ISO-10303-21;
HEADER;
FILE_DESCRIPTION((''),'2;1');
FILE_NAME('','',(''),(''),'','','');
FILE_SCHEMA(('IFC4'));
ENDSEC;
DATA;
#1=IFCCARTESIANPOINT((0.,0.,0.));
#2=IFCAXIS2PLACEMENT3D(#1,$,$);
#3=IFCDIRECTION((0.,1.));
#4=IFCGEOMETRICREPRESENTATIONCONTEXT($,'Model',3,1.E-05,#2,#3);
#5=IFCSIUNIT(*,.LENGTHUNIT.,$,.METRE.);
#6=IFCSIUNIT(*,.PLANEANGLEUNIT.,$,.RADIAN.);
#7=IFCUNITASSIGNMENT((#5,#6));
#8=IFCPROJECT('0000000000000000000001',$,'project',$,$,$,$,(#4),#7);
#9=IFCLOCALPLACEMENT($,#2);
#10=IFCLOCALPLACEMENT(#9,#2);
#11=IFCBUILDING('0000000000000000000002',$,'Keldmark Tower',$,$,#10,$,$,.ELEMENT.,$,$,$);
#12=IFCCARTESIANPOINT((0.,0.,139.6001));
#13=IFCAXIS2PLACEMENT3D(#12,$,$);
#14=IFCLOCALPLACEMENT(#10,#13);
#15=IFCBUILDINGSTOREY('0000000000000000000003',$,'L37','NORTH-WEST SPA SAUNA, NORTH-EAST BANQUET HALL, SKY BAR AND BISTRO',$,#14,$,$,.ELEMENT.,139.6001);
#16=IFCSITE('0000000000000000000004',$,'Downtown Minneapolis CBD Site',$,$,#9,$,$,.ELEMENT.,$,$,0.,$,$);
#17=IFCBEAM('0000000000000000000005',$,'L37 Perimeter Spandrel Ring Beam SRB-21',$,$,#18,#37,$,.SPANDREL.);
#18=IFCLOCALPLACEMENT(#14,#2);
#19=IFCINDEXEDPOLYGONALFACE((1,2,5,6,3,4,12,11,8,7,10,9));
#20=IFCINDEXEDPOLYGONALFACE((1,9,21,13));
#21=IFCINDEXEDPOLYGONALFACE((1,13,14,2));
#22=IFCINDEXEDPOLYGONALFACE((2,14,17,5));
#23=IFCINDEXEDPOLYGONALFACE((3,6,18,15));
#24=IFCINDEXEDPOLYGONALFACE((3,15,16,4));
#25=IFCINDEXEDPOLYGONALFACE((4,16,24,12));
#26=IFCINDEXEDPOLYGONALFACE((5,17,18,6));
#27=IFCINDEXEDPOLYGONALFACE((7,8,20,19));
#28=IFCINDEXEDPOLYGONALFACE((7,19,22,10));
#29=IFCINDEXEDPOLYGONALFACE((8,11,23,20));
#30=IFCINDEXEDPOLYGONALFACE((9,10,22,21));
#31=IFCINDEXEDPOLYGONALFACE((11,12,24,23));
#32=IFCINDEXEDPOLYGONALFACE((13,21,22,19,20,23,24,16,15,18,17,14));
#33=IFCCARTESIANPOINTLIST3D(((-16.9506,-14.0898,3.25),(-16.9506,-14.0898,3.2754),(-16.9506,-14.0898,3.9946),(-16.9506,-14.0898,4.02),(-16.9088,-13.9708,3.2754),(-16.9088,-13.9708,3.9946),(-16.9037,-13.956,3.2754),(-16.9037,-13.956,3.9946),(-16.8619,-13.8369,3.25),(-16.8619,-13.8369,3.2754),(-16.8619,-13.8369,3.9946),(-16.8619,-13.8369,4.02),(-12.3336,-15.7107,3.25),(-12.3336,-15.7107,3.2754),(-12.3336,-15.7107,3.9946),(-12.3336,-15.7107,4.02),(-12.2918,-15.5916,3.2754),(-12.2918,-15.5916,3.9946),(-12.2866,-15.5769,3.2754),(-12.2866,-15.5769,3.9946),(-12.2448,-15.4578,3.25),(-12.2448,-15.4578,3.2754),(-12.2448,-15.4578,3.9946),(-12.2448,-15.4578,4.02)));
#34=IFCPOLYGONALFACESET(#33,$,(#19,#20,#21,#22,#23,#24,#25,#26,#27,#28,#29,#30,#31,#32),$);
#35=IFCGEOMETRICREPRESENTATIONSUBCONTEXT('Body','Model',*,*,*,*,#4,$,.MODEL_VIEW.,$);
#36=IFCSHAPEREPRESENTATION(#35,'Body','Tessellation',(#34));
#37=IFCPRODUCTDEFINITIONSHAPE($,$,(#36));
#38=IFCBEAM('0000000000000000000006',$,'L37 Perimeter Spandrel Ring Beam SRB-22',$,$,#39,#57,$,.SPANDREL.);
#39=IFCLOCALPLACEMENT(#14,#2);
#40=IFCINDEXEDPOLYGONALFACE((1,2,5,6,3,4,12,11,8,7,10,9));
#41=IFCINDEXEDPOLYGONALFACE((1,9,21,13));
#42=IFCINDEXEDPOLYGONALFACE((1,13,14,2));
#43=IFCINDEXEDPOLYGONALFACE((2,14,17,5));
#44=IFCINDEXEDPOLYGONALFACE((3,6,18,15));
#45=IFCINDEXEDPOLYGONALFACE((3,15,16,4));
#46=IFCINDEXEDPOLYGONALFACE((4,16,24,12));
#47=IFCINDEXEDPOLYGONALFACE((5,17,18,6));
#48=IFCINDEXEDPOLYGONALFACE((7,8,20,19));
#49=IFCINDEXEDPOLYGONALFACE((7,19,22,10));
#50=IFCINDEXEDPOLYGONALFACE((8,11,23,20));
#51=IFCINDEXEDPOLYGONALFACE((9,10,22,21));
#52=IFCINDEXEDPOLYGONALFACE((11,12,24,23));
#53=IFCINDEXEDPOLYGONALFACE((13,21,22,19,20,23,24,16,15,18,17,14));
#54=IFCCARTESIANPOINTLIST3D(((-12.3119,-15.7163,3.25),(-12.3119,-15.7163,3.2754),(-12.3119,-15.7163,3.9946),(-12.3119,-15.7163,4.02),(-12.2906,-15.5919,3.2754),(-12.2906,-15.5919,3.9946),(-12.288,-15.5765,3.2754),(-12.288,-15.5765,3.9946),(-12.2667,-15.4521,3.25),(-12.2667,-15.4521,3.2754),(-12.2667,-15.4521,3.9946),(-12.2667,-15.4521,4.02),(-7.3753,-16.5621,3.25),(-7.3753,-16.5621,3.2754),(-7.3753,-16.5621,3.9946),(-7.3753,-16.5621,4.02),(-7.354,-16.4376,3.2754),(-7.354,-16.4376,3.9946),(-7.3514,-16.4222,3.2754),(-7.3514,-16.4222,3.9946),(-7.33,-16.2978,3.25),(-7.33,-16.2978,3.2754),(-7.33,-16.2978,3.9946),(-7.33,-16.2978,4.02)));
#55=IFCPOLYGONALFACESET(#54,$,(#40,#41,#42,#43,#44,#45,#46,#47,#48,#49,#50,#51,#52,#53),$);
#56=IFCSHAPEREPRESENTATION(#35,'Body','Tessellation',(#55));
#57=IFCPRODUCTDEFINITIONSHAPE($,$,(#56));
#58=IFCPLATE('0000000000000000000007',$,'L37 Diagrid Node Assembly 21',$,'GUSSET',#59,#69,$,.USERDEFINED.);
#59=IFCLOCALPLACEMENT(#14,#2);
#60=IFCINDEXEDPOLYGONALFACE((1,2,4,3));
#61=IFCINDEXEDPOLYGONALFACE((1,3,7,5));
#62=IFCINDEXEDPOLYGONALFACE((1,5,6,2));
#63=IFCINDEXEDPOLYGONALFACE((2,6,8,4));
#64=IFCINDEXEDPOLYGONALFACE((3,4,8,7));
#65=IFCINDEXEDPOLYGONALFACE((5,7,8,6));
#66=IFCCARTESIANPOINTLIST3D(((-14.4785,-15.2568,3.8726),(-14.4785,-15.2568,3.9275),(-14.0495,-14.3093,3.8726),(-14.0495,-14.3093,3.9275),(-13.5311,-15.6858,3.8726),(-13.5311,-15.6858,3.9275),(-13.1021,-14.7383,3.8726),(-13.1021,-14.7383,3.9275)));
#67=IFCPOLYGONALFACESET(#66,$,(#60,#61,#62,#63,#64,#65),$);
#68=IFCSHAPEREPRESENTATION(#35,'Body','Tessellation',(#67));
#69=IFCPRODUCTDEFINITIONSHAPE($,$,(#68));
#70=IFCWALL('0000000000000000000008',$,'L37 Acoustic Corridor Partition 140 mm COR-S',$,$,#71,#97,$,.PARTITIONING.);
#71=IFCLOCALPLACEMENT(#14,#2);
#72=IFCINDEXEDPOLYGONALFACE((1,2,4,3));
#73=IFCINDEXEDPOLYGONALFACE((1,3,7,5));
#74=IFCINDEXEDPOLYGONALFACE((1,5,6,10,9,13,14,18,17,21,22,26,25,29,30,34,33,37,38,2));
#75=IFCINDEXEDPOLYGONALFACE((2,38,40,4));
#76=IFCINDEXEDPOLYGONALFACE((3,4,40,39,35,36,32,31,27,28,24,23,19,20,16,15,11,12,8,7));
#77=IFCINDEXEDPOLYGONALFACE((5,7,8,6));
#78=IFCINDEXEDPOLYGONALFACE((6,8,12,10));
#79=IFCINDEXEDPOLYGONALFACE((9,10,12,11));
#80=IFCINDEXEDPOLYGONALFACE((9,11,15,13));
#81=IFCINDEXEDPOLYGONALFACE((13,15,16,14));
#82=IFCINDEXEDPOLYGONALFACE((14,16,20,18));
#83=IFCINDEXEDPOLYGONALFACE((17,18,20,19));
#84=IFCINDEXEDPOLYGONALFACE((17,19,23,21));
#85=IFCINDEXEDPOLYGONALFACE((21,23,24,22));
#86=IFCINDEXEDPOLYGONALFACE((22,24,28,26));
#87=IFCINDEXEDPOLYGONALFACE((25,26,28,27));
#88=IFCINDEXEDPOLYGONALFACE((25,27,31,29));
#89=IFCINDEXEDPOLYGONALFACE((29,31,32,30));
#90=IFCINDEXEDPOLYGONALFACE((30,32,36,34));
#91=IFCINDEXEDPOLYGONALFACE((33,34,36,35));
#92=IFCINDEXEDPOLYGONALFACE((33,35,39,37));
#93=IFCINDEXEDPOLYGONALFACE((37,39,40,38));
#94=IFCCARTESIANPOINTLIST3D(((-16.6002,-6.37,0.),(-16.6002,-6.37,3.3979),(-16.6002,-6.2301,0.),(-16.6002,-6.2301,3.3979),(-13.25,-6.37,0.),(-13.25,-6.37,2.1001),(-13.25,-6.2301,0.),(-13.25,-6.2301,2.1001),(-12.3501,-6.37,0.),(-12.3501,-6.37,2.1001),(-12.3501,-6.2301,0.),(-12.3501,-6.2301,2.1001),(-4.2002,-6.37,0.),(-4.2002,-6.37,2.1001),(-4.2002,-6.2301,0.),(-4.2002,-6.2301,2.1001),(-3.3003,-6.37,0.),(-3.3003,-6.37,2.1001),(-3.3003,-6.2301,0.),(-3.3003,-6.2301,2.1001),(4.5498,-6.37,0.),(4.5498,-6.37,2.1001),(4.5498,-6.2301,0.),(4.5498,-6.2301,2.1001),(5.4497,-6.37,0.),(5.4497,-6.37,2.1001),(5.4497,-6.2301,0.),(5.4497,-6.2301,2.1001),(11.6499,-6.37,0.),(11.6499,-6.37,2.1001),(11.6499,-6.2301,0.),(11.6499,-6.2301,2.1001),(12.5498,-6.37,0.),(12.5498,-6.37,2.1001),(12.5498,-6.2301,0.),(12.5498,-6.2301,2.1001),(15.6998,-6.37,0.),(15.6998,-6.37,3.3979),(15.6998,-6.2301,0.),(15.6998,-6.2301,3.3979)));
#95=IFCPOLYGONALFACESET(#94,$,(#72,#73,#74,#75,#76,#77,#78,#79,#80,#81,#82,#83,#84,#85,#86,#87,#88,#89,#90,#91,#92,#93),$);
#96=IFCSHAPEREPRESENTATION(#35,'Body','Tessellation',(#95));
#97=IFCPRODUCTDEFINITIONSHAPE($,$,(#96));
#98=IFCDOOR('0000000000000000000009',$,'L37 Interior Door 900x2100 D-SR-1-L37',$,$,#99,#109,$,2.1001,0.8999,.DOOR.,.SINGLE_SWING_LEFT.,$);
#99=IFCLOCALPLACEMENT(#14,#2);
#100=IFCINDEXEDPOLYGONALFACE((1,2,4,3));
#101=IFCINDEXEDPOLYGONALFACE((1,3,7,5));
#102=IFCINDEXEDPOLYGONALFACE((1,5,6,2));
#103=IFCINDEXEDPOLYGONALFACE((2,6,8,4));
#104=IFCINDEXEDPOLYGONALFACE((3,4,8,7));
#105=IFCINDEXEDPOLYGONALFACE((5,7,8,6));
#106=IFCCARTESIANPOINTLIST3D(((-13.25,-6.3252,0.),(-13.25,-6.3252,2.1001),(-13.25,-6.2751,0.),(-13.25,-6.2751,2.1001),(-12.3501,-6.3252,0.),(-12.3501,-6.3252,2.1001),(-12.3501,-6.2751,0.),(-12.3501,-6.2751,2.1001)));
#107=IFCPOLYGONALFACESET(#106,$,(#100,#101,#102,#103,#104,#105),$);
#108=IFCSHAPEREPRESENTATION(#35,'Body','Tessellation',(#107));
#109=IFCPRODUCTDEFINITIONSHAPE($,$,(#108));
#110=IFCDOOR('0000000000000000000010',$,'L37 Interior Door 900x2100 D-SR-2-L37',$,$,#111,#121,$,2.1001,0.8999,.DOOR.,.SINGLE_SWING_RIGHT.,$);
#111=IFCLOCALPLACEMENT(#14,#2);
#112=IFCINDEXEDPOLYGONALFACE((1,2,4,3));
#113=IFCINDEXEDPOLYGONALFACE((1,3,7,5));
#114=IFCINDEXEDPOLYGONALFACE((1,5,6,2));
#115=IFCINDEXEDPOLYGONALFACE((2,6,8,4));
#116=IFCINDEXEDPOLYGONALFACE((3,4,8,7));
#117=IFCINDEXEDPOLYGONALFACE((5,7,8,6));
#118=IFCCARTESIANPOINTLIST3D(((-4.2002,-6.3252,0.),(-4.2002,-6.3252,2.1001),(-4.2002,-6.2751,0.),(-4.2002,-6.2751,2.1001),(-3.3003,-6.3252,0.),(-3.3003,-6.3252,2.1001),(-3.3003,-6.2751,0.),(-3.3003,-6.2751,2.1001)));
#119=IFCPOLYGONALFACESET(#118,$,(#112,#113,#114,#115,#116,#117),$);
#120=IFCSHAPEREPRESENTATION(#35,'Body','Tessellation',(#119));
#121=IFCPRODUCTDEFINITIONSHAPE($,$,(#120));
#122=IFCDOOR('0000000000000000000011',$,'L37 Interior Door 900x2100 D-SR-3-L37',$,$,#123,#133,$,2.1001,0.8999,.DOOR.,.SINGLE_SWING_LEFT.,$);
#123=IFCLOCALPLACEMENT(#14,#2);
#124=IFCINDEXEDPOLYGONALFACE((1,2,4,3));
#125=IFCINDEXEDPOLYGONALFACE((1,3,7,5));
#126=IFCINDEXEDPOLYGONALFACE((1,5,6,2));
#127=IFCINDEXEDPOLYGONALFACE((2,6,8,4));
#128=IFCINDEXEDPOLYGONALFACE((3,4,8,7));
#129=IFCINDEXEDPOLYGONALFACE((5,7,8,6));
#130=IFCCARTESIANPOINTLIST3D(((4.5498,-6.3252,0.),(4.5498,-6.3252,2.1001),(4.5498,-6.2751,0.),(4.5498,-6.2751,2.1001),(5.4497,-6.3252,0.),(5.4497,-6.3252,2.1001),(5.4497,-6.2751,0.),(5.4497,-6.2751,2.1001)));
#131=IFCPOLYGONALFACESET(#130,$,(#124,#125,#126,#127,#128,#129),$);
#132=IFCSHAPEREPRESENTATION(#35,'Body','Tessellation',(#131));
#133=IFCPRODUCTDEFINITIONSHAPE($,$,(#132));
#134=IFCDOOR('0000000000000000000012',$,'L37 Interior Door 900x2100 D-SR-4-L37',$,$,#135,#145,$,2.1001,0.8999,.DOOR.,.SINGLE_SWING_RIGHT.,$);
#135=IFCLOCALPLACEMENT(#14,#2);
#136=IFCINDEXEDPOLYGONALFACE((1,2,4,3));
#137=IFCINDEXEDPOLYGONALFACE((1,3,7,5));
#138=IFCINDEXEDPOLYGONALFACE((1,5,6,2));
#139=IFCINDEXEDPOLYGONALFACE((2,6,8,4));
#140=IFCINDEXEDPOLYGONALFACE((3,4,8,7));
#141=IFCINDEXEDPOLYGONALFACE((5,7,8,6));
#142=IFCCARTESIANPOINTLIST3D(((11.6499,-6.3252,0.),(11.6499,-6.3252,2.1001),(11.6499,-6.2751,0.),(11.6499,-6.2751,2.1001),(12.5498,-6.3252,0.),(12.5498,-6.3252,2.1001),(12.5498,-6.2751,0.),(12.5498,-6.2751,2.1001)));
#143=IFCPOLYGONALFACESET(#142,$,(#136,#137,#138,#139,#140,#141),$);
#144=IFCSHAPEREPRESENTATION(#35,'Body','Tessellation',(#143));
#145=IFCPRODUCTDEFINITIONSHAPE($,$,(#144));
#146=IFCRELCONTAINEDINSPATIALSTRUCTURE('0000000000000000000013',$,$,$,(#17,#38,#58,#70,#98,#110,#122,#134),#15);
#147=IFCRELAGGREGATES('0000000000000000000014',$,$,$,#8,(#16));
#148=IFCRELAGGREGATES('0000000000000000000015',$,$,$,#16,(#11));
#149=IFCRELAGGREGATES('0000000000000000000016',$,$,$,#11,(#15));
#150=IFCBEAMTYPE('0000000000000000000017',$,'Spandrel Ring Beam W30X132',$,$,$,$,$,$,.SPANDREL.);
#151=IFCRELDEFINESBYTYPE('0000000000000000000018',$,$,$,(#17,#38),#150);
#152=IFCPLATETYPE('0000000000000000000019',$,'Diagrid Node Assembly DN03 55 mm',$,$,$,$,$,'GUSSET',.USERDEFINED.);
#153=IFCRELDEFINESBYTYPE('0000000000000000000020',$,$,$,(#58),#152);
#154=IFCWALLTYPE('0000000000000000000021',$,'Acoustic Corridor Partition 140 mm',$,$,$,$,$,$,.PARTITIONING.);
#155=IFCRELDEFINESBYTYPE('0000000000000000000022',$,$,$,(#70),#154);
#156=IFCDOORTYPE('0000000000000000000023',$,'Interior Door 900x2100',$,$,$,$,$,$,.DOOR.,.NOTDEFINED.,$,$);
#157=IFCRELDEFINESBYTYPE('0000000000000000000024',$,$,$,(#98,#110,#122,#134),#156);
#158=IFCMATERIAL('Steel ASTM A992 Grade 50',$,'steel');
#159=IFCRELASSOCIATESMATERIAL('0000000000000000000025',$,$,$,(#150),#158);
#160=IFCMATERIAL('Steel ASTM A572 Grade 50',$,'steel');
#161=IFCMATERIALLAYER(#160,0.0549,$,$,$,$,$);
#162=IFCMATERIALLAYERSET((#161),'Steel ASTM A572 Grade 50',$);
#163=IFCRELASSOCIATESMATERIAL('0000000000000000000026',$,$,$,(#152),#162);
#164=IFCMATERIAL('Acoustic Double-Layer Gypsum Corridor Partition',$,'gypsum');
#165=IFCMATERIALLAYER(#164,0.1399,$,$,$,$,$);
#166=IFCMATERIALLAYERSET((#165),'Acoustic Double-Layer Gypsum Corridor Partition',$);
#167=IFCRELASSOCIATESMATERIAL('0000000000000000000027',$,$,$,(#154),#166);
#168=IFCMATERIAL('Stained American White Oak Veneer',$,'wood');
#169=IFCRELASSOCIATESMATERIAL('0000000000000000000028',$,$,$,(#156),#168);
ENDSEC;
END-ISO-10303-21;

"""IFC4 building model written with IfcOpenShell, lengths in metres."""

from ifc_helpers import new_model, si_unit, direction, frame, frame_2d, origin, origin_2d, place, context, subcontext, project, spatial, rectangle, i_section, extrude, material, layer, layer_set, material_profile, profile_set, type_object, element, fill, save


model = new_model("IFC4")

# Units and contexts
model_context = context("Model", 3, precision=1e-05, world=origin(), true_north=direction((0.0, 1.0)))
body_context = subcontext(model_context, "Body", "Model", "MODEL_VIEW")
ifc_project = project(units=[si_unit("LENGTHUNIT", "METRE"), si_unit("PLANEANGLEUNIT", "RADIAN")], contexts=[model_context])

# Site, building, storey
site_placement = place(None, origin())
site = spatial("IfcSite", under=ifc_project, at=site_placement, Name="Downtown Minneapolis CBD Site", CompositionType="ELEMENT", RefElevation=0.0)
building_placement = place(site_placement, origin())
building = spatial("IfcBuilding", under=site, at=building_placement, Name="Keldmark Tower", CompositionType="ELEMENT")
storey_placement = place(building_placement, frame((0.0, 0.0, 139.6001)))
storey = spatial("IfcBuildingStorey", under=building, at=storey_placement, Name="L37", Description="NORTH-WEST SPA SAUNA, NORTH-EAST BANQUET HALL, SKY BAR AND BISTRO", CompositionType="ELEMENT", Elevation=139.6001)

# Beams
ifc_material_1 = material(Name="Steel ASTM A992 Grade 50", Category="steel")
ifc_material_profile_1 = material_profile(ifc_material_1, i_section(OverallWidth=0.2681, OverallDepth=0.77, WebThickness=0.0156, FlangeThickness=0.0254, at=origin_2d()), Name="W30X132")
ifc_profile_set_1 = profile_set([ifc_material_profile_1], Name="Steel ASTM A992 Grade 50")
beam_type_1 = type_object("IfcBeamType", Name="Spandrel Ring Beam W30X132", PredefinedType="SPANDREL", material=ifc_profile_set_1)
beam_1_placement = place(storey_placement, frame((-16.9062, -13.9634, 3.635), z_axis=(0.943544, -0.331246, 0.0), x_axis=(0.331246, 0.943544, 0.0)))
element("IfcBeam", 1, at=beam_1_placement, inside=storey, type_object=beam_type_1, Name="L37 Perimeter Spandrel Ring Beam SRB-21", PredefinedType="SPANDREL", context=body_context, shape_type="SweptSolid", body=[
    extrude(i_section(OverallWidth=0.2681, OverallDepth=0.77, WebThickness=0.0156, FlangeThickness=0.0254, at=origin_2d()), origin(), (0.0, 0.0, 1.0), 4.8933),
])
beam_2_placement = place(storey_placement, frame((-12.2893, -15.5842, 3.635), z_axis=(0.985641, -0.168856, 0.0), x_axis=(0.168856, 0.985641, 0.0)))
element("IfcBeam", 2, at=beam_2_placement, inside=storey, type_object=beam_type_1, Name="L37 Perimeter Spandrel Ring Beam SRB-22", PredefinedType="SPANDREL", context=body_context, shape_type="SweptSolid", body=[
    extrude(i_section(OverallWidth=0.2681, OverallDepth=0.77, WebThickness=0.0156, FlangeThickness=0.0254, at=origin_2d()), origin(), (0.0, 0.0, 1.0), 5.0085),
])

# Plate
ifc_material_2 = material(Name="Steel ASTM A572 Grade 50", Category="steel")
ifc_layer_1 = layer(ifc_material_2, 0.0549)
ifc_layer_set_1 = layer_set([ifc_layer_1], Name="Steel ASTM A572 Grade 50")
plate_type = type_object("IfcPlateType", Name="Diagrid Node Assembly DN03 55 mm", ElementType="GUSSET", PredefinedType="USERDEFINED", material=ifc_layer_set_1)
plate_placement = place(storey_placement, frame((-13.7903, -14.9976, 3.8726), z_axis=(0.0, 0.0, 1.0), x_axis=(0.910972, -0.412469, 0.0)))
element("IfcPlate", 3, at=plate_placement, inside=storey, type_object=plate_type, Name="L37 Diagrid Node Assembly 21", ObjectType="GUSSET", PredefinedType="USERDEFINED", context=body_context, shape_type="SweptSolid", body=[
    extrude(rectangle(XDim=1.04, YDim=1.04, at=origin_2d()), origin(), (0.0, 0.0, 1.0), 0.0549),
])

# Wall, openings, doors
ifc_material_3 = material(Name="Acoustic Double-Layer Gypsum Corridor Partition", Category="gypsum")
ifc_layer_2 = layer(ifc_material_3, 0.1399)
ifc_layer_set_2 = layer_set([ifc_layer_2], Name="Acoustic Double-Layer Gypsum Corridor Partition")
wall_type_1 = type_object("IfcWallType", Name="Acoustic Corridor Partition 140 mm", PredefinedType="PARTITIONING", material=ifc_layer_set_2)
wall_1_placement = place(storey_placement, frame((-16.6001, -6.3, 0.0), z_axis=(0.0, 0.0, 1.0), x_axis=(1.0, 0.0, 0.0)))
wall_1 = element("IfcWall", 4, at=wall_1_placement, inside=storey, type_object=wall_type_1, Name="L37 Acoustic Corridor Partition 140 mm COR-S", PredefinedType="PARTITIONING", context=body_context, shape_type="SweptSolid", body=[
    extrude(rectangle(XDim=32.3, YDim=0.1399, at=frame_2d((16.1499, 0.0))), origin(), (0.0, 0.0, 1.0), 3.3979),
])
opening_1_placement = place(wall_1_placement, frame((3.3501, 0.0, 0.0)))
opening_1 = element("IfcOpeningElement", 5, at=opening_1_placement, cuts=wall_1, PredefinedType="OPENING", context=body_context, shape_type="SweptSolid", body=[
    extrude(rectangle(XDim=0.8999, YDim=2.1001, at=frame_2d((0.45, 1.05))), frame((0.0, 0.0798, 0.0), z_axis=(0.0, -1.0, 0.0), x_axis=(1.0, 0.0, 0.0)), (0.0, 0.0, 1.0), 0.1599),
])
opening_2_placement = place(wall_1_placement, frame((12.3999, 0.0, 0.0)))
opening_2 = element("IfcOpeningElement", 6, at=opening_2_placement, cuts=wall_1, PredefinedType="OPENING", context=body_context, shape_type="SweptSolid", body=[
    extrude(rectangle(XDim=0.8999, YDim=2.1001, at=frame_2d((0.45, 1.05))), frame((0.0, 0.0798, 0.0), z_axis=(0.0, -1.0, 0.0), x_axis=(1.0, 0.0, 0.0)), (0.0, 0.0, 1.0), 0.1599),
])
opening_3_placement = place(wall_1_placement, frame((21.1499, 0.0, 0.0)))
opening_3 = element("IfcOpeningElement", 7, at=opening_3_placement, cuts=wall_1, PredefinedType="OPENING", context=body_context, shape_type="SweptSolid", body=[
    extrude(rectangle(XDim=0.8999, YDim=2.1001, at=frame_2d((0.45, 1.05))), frame((0.0, 0.0798, 0.0), z_axis=(0.0, -1.0, 0.0), x_axis=(1.0, 0.0, 0.0)), (0.0, 0.0, 1.0), 0.1599),
])
opening_4_placement = place(wall_1_placement, frame((28.25, 0.0, 0.0)))
opening_4 = element("IfcOpeningElement", 8, at=opening_4_placement, cuts=wall_1, PredefinedType="OPENING", context=body_context, shape_type="SweptSolid", body=[
    extrude(rectangle(XDim=0.8999, YDim=2.1001, at=frame_2d((0.45, 1.05))), frame((0.0, 0.0798, 0.0), z_axis=(0.0, -1.0, 0.0), x_axis=(1.0, 0.0, 0.0)), (0.0, 0.0, 1.0), 0.1599),
])
ifc_material_4 = material(Name="Stained American White Oak Veneer", Category="wood")
door_type = type_object("IfcDoorType", Name="Interior Door 900x2100", OperationType="NOTDEFINED", PredefinedType="DOOR", material=ifc_material_4)
door_1_placement = place(opening_1_placement, origin())
door_1 = element("IfcDoor", 9, at=door_1_placement, inside=storey, type_object=door_type, Name="L37 Interior Door 900x2100 D-SR-1-L37", OperationType="SINGLE_SWING_LEFT", OverallHeight=2.1001, OverallWidth=0.8999, PredefinedType="DOOR", context=body_context, shape_type="SweptSolid", body=[
    extrude(rectangle(XDim=0.8999, YDim=2.1001, at=frame_2d((0.45, 1.05))), frame((0.0, 0.0249, 0.0), z_axis=(0.0, -1.0, 0.0), x_axis=(1.0, 0.0, 0.0)), (0.0, 0.0, 1.0), 0.05),
])
fill(opening_1, door_1)
door_2_placement = place(opening_2_placement, origin())
door_2 = element("IfcDoor", 10, at=door_2_placement, inside=storey, type_object=door_type, Name="L37 Interior Door 900x2100 D-SR-2-L37", OperationType="SINGLE_SWING_RIGHT", OverallHeight=2.1001, OverallWidth=0.8999, PredefinedType="DOOR", context=body_context, shape_type="SweptSolid", body=[
    extrude(rectangle(XDim=0.8999, YDim=2.1001, at=frame_2d((0.45, 1.05))), frame((0.0, 0.0249, 0.0), z_axis=(0.0, -1.0, 0.0), x_axis=(1.0, 0.0, 0.0)), (0.0, 0.0, 1.0), 0.05),
])
fill(opening_2, door_2)
door_3_placement = place(opening_3_placement, origin())
door_3 = element("IfcDoor", 11, at=door_3_placement, inside=storey, type_object=door_type, Name="L37 Interior Door 900x2100 D-SR-3-L37", OperationType="SINGLE_SWING_LEFT", OverallHeight=2.1001, OverallWidth=0.8999, PredefinedType="DOOR", context=body_context, shape_type="SweptSolid", body=[
    extrude(rectangle(XDim=0.8999, YDim=2.1001, at=frame_2d((0.45, 1.05))), frame((0.0, 0.0249, 0.0), z_axis=(0.0, -1.0, 0.0), x_axis=(1.0, 0.0, 0.0)), (0.0, 0.0, 1.0), 0.05),
])
fill(opening_3, door_3)
door_4_placement = place(opening_4_placement, origin())
door_4 = element("IfcDoor", 12, at=door_4_placement, inside=storey, type_object=door_type, Name="L37 Interior Door 900x2100 D-SR-4-L37", OperationType="SINGLE_SWING_RIGHT", OverallHeight=2.1001, OverallWidth=0.8999, PredefinedType="DOOR", context=body_context, shape_type="SweptSolid", body=[
    extrude(rectangle(XDim=0.8999, YDim=2.1001, at=frame_2d((0.45, 1.05))), frame((0.0, 0.0249, 0.0), z_axis=(0.0, -1.0, 0.0), x_axis=(1.0, 0.0, 0.0)), (0.0, 0.0, 1.0), 0.05),
])
fill(opening_4, door_4)

save(model, "model.ifc")
